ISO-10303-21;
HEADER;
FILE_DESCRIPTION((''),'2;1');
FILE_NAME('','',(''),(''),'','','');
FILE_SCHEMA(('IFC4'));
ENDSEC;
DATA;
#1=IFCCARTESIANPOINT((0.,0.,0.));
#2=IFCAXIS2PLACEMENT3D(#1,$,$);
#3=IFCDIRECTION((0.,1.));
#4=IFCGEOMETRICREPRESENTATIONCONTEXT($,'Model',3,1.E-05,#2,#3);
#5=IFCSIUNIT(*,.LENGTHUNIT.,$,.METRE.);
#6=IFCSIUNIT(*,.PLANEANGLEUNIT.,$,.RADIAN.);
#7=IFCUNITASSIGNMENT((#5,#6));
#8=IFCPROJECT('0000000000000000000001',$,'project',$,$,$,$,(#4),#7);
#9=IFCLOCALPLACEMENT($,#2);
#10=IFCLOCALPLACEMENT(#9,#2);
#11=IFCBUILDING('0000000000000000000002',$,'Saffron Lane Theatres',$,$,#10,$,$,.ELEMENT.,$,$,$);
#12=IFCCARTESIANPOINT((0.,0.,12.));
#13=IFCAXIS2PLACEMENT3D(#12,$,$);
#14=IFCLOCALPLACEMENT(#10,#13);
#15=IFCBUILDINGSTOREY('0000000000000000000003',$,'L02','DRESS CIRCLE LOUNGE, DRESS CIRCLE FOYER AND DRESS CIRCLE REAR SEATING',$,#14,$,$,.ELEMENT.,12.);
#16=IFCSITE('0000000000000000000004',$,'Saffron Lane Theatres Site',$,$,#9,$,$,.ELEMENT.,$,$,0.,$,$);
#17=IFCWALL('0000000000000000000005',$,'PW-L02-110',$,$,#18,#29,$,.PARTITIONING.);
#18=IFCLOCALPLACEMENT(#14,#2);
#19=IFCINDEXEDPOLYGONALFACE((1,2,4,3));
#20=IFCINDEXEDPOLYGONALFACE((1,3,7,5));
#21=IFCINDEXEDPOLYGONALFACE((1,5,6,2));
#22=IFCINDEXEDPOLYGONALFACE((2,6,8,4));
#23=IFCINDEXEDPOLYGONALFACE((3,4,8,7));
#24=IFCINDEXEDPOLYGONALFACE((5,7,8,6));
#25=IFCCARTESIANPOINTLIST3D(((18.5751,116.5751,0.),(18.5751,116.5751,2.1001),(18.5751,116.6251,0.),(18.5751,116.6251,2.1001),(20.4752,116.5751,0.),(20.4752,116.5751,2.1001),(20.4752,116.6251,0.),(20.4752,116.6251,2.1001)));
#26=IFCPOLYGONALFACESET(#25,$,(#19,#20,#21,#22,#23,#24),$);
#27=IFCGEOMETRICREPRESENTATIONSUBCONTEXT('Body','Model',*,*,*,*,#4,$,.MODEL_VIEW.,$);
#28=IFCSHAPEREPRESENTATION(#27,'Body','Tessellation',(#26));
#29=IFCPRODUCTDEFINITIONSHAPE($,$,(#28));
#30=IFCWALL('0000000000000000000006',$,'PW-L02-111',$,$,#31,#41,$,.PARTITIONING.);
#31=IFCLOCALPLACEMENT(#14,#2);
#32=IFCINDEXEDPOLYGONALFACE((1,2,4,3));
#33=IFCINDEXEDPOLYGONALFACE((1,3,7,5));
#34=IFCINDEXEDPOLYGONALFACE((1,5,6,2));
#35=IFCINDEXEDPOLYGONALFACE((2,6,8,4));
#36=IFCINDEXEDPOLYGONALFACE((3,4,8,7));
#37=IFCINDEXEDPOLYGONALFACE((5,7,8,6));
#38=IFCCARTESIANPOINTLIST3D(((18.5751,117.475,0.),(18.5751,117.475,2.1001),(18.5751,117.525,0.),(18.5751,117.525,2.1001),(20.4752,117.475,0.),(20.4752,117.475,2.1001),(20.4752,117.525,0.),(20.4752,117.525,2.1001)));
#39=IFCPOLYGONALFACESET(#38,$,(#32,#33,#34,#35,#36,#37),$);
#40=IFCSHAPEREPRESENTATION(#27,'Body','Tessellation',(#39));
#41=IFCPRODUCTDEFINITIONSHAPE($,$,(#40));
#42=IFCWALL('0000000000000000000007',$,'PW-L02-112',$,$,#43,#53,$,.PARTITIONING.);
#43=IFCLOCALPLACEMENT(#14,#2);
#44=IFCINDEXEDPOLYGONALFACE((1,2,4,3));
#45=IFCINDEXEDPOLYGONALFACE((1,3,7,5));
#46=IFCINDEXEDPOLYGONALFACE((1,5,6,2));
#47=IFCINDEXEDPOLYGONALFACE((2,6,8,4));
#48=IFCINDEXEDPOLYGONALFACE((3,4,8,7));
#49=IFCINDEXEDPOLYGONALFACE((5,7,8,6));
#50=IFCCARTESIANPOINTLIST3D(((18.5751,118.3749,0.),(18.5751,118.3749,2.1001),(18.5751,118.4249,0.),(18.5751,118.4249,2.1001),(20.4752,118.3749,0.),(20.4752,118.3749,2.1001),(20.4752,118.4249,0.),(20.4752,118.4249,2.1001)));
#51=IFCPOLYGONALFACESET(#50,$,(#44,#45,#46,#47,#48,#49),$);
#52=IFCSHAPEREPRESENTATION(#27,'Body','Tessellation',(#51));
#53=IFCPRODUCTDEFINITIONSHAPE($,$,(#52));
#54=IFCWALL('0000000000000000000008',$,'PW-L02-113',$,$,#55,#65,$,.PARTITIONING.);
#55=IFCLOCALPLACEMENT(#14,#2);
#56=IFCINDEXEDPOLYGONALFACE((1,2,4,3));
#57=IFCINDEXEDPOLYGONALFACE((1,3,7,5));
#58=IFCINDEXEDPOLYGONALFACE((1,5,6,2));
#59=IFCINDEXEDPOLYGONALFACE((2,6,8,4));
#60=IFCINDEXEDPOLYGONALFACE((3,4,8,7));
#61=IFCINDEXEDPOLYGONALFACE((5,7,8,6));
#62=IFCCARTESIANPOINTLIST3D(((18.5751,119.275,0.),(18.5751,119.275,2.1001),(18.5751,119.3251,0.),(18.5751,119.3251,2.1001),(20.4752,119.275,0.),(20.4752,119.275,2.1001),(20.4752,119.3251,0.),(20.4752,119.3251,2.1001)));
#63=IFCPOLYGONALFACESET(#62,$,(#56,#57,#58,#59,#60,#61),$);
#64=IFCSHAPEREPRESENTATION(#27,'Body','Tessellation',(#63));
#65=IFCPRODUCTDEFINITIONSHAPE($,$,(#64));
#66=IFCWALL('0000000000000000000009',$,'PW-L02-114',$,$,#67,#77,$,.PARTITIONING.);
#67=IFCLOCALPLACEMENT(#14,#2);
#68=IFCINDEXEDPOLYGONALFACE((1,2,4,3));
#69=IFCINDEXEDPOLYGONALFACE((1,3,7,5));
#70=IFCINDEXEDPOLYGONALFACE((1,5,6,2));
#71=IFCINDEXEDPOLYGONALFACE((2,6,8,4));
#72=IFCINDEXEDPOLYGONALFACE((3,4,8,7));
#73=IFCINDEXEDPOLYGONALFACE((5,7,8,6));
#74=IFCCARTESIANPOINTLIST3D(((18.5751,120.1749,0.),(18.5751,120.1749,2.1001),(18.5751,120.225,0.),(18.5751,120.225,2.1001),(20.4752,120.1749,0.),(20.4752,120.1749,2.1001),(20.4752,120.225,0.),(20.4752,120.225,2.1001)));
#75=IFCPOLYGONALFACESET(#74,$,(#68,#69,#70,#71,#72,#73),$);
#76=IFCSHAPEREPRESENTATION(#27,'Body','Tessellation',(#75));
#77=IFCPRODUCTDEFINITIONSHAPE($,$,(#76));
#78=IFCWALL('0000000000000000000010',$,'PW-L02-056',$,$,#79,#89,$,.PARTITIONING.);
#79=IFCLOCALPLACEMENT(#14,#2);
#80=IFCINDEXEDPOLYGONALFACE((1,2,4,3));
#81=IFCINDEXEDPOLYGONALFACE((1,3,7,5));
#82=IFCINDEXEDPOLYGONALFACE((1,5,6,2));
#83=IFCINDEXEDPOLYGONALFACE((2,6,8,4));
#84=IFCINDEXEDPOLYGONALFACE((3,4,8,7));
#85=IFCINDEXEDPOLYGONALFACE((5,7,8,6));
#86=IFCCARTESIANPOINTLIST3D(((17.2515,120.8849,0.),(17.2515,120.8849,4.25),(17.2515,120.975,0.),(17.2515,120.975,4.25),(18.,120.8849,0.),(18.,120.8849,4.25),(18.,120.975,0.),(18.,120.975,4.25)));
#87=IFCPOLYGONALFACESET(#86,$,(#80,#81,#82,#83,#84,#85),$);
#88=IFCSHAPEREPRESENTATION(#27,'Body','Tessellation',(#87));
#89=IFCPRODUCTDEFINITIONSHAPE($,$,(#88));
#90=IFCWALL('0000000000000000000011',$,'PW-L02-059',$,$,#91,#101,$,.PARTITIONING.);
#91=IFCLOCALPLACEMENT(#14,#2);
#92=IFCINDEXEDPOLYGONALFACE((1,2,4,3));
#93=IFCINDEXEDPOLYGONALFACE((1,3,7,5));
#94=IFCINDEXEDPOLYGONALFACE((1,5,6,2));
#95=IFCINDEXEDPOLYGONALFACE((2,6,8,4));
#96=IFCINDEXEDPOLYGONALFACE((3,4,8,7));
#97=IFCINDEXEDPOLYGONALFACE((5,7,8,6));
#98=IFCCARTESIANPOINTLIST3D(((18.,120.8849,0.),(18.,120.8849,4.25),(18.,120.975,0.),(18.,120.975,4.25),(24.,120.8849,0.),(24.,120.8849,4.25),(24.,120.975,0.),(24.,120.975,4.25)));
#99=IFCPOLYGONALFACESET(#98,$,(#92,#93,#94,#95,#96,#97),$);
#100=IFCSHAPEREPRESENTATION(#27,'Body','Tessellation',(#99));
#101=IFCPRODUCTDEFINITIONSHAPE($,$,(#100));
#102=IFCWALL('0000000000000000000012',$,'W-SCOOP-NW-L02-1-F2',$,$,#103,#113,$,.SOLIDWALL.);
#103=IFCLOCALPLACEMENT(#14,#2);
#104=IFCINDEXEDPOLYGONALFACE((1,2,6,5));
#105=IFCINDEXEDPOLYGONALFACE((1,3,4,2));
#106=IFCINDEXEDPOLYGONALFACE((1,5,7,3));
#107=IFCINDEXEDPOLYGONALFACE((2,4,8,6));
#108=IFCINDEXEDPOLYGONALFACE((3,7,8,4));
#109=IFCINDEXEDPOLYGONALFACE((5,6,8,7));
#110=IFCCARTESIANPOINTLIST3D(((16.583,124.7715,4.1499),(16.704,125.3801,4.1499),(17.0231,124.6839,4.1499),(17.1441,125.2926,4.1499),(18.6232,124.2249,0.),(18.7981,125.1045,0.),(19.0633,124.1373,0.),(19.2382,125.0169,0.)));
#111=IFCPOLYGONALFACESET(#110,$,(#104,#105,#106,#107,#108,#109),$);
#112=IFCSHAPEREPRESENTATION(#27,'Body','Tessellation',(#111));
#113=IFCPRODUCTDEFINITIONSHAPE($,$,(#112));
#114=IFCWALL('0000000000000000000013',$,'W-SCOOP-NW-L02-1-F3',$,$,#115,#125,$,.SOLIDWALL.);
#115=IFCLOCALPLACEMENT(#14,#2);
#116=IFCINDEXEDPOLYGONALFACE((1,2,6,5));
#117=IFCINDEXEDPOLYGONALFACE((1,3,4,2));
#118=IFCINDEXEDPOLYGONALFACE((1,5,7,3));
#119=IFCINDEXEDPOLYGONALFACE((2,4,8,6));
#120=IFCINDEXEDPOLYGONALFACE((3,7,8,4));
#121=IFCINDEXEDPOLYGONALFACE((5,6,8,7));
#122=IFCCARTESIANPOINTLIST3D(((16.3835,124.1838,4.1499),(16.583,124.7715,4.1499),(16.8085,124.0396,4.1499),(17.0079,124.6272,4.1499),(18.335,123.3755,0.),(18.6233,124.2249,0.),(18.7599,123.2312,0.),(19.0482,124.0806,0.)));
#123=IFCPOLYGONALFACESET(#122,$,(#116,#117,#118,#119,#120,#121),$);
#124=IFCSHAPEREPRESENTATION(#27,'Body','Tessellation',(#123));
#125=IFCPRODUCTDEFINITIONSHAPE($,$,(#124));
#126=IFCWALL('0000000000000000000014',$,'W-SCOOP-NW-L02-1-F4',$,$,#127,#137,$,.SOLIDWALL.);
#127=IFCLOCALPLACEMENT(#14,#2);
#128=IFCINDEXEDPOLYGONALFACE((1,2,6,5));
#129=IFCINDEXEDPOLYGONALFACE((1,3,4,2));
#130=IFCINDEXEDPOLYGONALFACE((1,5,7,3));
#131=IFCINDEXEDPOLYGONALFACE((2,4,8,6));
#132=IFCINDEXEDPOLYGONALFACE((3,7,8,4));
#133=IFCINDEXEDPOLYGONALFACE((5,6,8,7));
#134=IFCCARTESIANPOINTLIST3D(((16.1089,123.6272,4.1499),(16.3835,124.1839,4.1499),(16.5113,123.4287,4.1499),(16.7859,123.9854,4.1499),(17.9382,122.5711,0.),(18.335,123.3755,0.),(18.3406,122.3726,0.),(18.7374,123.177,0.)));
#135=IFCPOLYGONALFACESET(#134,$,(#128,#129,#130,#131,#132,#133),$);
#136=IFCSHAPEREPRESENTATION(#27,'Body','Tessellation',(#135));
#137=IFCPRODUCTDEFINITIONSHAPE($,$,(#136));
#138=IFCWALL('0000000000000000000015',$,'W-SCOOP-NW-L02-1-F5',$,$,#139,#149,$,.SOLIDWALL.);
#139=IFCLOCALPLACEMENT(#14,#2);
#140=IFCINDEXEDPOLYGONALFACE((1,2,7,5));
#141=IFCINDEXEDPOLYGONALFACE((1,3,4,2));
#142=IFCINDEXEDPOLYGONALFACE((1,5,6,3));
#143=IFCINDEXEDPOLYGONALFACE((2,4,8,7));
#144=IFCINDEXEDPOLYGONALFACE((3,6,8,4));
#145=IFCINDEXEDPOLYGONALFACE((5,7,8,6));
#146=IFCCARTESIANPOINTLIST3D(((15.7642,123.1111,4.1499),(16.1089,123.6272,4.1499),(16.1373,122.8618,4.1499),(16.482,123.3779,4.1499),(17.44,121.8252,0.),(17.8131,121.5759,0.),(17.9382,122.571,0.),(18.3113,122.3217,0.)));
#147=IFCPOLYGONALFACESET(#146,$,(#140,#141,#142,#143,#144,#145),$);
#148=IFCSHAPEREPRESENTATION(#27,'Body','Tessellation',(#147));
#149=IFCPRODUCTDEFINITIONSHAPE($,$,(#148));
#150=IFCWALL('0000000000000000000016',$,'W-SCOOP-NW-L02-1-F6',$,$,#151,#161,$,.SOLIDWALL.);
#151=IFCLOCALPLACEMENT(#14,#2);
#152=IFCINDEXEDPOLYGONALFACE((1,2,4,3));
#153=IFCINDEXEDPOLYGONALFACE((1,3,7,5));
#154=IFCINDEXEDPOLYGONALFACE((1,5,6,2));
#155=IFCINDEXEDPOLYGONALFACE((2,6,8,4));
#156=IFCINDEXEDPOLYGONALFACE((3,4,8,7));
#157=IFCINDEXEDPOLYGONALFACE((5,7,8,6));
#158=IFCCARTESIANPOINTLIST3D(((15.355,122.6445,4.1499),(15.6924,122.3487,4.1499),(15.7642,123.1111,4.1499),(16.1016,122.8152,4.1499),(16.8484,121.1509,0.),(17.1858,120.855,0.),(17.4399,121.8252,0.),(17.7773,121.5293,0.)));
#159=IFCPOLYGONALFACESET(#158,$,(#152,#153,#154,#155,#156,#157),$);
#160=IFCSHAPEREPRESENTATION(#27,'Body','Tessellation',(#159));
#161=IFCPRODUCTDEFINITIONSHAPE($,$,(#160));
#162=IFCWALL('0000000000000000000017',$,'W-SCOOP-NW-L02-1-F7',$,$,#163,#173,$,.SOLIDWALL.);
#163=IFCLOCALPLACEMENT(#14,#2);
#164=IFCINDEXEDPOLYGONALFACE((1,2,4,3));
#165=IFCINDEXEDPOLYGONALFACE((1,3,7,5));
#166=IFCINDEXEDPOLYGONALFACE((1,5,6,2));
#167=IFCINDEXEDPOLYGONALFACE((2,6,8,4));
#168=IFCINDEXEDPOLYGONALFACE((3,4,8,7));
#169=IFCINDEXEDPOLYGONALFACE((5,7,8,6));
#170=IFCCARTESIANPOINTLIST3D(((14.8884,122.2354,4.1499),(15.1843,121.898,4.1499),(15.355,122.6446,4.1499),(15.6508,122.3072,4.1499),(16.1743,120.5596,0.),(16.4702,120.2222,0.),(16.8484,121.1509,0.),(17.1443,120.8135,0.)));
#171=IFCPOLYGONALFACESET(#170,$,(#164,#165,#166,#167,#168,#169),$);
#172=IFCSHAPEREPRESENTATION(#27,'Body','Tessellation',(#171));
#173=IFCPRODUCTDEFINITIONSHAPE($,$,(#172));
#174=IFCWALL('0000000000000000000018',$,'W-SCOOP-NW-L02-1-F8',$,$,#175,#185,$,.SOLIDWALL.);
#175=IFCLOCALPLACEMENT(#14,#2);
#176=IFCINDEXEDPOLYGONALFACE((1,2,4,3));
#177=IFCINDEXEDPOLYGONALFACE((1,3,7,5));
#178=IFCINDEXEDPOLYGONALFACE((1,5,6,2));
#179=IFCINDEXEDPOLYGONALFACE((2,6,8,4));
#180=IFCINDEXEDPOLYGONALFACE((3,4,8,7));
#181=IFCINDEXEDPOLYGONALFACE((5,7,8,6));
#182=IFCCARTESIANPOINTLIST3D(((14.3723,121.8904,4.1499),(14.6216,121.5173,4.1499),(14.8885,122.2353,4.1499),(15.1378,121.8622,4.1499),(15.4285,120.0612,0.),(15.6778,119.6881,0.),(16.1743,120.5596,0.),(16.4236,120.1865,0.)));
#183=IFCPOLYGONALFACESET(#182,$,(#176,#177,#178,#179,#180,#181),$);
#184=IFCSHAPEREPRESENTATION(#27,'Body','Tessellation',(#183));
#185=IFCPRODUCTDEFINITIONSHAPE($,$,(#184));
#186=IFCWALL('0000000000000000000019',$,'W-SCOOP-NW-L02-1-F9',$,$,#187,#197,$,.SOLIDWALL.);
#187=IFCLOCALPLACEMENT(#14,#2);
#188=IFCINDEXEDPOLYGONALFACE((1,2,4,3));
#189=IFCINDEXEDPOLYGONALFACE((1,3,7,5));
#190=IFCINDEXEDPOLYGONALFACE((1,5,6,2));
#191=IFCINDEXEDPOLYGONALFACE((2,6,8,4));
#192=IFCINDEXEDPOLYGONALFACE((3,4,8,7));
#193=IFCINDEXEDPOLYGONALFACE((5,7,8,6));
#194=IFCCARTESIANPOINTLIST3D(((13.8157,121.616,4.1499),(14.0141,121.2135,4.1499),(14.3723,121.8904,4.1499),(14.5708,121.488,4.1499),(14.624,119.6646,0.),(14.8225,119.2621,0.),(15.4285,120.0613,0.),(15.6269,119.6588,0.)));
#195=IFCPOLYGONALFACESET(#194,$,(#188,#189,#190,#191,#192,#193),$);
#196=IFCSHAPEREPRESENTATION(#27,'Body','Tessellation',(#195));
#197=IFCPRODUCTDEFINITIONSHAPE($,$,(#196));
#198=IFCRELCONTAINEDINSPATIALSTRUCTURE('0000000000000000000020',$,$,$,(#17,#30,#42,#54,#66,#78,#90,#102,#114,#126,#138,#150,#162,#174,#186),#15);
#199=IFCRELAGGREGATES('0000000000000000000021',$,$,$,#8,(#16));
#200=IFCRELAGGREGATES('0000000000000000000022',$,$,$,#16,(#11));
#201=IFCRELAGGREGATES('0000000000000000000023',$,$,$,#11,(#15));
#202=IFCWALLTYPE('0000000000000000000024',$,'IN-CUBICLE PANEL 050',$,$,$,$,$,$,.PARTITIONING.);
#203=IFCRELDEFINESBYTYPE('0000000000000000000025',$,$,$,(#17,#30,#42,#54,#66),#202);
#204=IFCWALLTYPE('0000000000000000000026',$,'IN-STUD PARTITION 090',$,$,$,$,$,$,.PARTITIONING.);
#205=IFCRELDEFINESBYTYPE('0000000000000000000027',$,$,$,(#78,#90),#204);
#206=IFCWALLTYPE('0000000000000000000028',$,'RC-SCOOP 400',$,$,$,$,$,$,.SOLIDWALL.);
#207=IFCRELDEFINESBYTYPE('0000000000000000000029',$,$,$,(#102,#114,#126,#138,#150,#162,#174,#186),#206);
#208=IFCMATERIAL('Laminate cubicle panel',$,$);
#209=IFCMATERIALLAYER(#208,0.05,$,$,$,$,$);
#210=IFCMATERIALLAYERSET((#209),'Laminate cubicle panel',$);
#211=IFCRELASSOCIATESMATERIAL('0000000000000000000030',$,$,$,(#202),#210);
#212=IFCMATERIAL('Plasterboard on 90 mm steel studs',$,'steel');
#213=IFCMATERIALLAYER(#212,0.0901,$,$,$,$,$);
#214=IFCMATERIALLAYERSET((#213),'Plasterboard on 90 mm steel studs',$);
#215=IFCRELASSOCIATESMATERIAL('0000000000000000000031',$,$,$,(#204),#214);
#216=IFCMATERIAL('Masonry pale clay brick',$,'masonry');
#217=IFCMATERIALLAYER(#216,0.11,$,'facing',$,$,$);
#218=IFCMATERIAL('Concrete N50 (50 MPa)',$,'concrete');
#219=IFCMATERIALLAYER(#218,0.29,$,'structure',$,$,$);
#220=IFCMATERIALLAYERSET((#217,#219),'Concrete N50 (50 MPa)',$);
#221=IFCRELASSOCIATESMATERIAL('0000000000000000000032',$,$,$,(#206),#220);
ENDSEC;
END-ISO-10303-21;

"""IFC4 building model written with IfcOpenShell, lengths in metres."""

from ifc_helpers import new_model, si_unit, direction, frame, frame_2d, origin, place, context, subcontext, project, spatial, polyline, rectangle, outline, extrude, material, layer, layer_set, type_object, element, save


model = new_model("IFC4")

# Units and contexts
model_context = context("Model", 3, precision=1e-05, world=origin(), true_north=direction((0.0, 1.0)))
body_context = subcontext(model_context, "Body", "Model", "MODEL_VIEW")
ifc_project = project(units=[si_unit("LENGTHUNIT", "METRE"), si_unit("PLANEANGLEUNIT", "RADIAN")], contexts=[model_context])

# Site, building, storey
site_placement = place(None, origin())
site = spatial("IfcSite", under=ifc_project, at=site_placement, Name="Saffron Lane Theatres Site", CompositionType="ELEMENT", RefElevation=0.0)
building_placement = place(site_placement, origin())
building = spatial("IfcBuilding", under=site, at=building_placement, Name="Saffron Lane Theatres", CompositionType="ELEMENT")
storey_placement = place(building_placement, frame((0.0, 0.0, 12.0)))
storey = spatial("IfcBuildingStorey", under=building, at=storey_placement, Name="L02", Description="DRESS CIRCLE LOUNGE, DRESS CIRCLE FOYER AND DRESS CIRCLE REAR SEATING", CompositionType="ELEMENT", Elevation=12.0)

# Shared definitions
ifc_material_1 = material(Name="Masonry pale clay brick", Category="masonry")

# Walls
ifc_material_2 = material(Name="Laminate cubicle panel")
ifc_layer_1 = layer(ifc_material_2, 0.05)
ifc_layer_set_1 = layer_set([ifc_layer_1], Name="Laminate cubicle panel")
wall_type_1 = type_object("IfcWallType", Name="IN-CUBICLE PANEL 050", PredefinedType="PARTITIONING", material=ifc_layer_set_1)
for number, where, z_axis, x_axis, name in (
    (1, (18.575, 116.6001, 0.0), (0.0, 0.0, 1.0), (1.0, 0.0, 0.0), "PW-L02-110"),
    (2, (18.575, 117.5, 0.0), (0.0, 0.0, 1.0), (1.0, 0.0, 0.0), "PW-L02-111"),
    (3, (18.575, 118.3999, 0.0), (0.0, 0.0, 1.0), (1.0, 0.0, 0.0), "PW-L02-112"),
    (4, (18.575, 119.3, 0.0), (0.0, 0.0, 1.0), (1.0, 0.0, 0.0), "PW-L02-113"),
    (5, (18.575, 120.2, 0.0), (0.0, 0.0, 1.0), (1.0, 0.0, 0.0), "PW-L02-114"),
):
    element("IfcWall", number, at=place(storey_placement, frame(where, z_axis=z_axis, x_axis=x_axis)), inside=storey, type_object=wall_type_1, Name=name, PredefinedType="PARTITIONING", context=body_context, shape_type="SweptSolid", body=[
        extrude(rectangle(XDim=1.9001, YDim=0.05, at=frame_2d((0.9502, 0.0))), origin(), (0.0, 0.0, 1.0), 2.1001),
    ])
ifc_material_3 = material(Name="Plasterboard on 90 mm steel studs", Category="steel")
ifc_layer_2 = layer(ifc_material_3, 0.0901)
ifc_layer_set_2 = layer_set([ifc_layer_2], Name="Plasterboard on 90 mm steel studs")
wall_type_2 = type_object("IfcWallType", Name="IN-STUD PARTITION 090", PredefinedType="PARTITIONING", material=ifc_layer_set_2)
wall_1_placement = place(storey_placement, frame((17.2515, 120.9299, 0.0), z_axis=(0.0, 0.0, 1.0), x_axis=(1.0, 0.0, 0.0)))
element("IfcWall", 6, at=wall_1_placement, inside=storey, type_object=wall_type_2, Name="PW-L02-056", PredefinedType="PARTITIONING", context=body_context, shape_type="SweptSolid", body=[
    extrude(rectangle(XDim=0.7485, YDim=0.0901, at=frame_2d((0.3743, 0.0))), origin(), (0.0, 0.0, 1.0), 4.25),
])
wall_2_placement = place(storey_placement, frame((18.0, 120.9299, 0.0), z_axis=(0.0, 0.0, 1.0), x_axis=(1.0, 0.0, 0.0)))
element("IfcWall", 7, at=wall_2_placement, inside=storey, type_object=wall_type_2, Name="PW-L02-059", PredefinedType="PARTITIONING", context=body_context, shape_type="SweptSolid", body=[
    extrude(rectangle(XDim=6.0, YDim=0.0901, at=frame_2d((3.0, 0.0))), origin(), (0.0, 0.0, 1.0), 4.25),
])
ifc_layer_3 = layer(ifc_material_1, 0.11, Name="facing")
ifc_material_4 = material(Name="Concrete N50 (50 MPa)", Category="concrete")
ifc_layer_4 = layer(ifc_material_4, 0.29, Name="structure")
ifc_layer_set_3 = layer_set([ifc_layer_3, ifc_layer_4], Name="Concrete N50 (50 MPa)")
wall_type_3 = type_object("IfcWallType", Name="RC-SCOOP 400", PredefinedType="SOLIDWALL", material=ifc_layer_set_3)
wall_3_placement = place(storey_placement, frame((18.7981, 125.1045, 0.0), z_axis=(0.874485, -0.173864, 0.452821), x_axis=(-0.194984, -0.980806, -0.000037)))
element("IfcWall", 8, at=wall_3_placement, inside=storey, type_object=wall_type_3, Name="W-SCOOP-NW-L02-1-F2", PredefinedType="SOLIDWALL", context=body_context, shape_type="SweptSolid", body=[
    extrude(outline(polyline([(0.0, 0.0), (0.8968, 0.0), (0.7584, -4.6545), (0.1378, -4.6544), (0.0, 0.0)])), origin(), (0.000109, 0.452821, 0.891601), 0.4487),
])
wall_4_placement = place(storey_placement, frame((18.6233, 124.2249, 0.0), z_axis=(0.844279, -0.28659, 0.452834), x_axis=(-0.321438, -0.946931, 0.000006)))
element("IfcWall", 9, at=wall_4_placement, inside=storey, type_object=wall_type_3, Name="W-SCOOP-NW-L02-1-F3", PredefinedType="SOLIDWALL", context=body_context, shape_type="SweptSolid", body=[
    extrude(outline(polyline([(0.0, 0.0), (0.897, 0.0), (0.7588, -4.6545), (0.1382, -4.6545), (0.0, 0.0)])), origin(), (0.000001, 0.452834, 0.891595), 0.4487),
])
wall_5_placement = place(storey_placement, frame((18.335, 123.3755, 0.0), z_axis=(0.799602, -0.394423, 0.452843), x_axis=(-0.442366, -0.896835, -0.000033)))
element("IfcWall", 10, at=wall_5_placement, inside=storey, type_object=wall_type_3, Name="W-SCOOP-NW-L02-1-F4", PredefinedType="SOLIDWALL", context=body_context, shape_type="SweptSolid", body=[
    extrude(outline(polyline([(0.0, 0.0), (0.897, 0.0), (0.7589, -4.6545), (0.1381, -4.6545), (0.0, 0.0)])), origin(), (-0.000086, 0.452843, 0.89159), 0.4487),
])
wall_6_placement = place(storey_placement, frame((17.9382, 122.571, 0.0), z_axis=(0.741382, -0.495259, 0.452848), x_axis=(-0.555487, -0.831525, 0.000018)))
element("IfcWall", 11, at=wall_6_placement, inside=storey, type_object=wall_type_3, Name="W-SCOOP-NW-L02-1-F5", PredefinedType="SOLIDWALL", context=body_context, shape_type="SweptSolid", body=[
    extrude(outline(polyline([(0.0, 0.0), (0.897, 0.0), (0.7587, -4.6545), (0.138, -4.6545), (0.0, 0.0)])), origin(), (0.0001, 0.452848, 0.891587), 0.4487),
])
wall_7_placement = place(storey_placement, frame((17.4399, 121.8252, 0.0), z_axis=(0.670273, -0.587942, 0.452834), x_axis=(-0.659435, -0.751762, 0.000022)))
element("IfcWall", 12, at=wall_7_placement, inside=storey, type_object=wall_type_3, Name="W-SCOOP-NW-L02-1-F6", PredefinedType="SOLIDWALL", context=body_context, shape_type="SweptSolid", body=[
    extrude(outline(polyline([(0.0, 0.0), (0.897, 0.0), (0.759, -4.6545), (0.1385, -4.6545), (0.0, 0.0)])), origin(), (-0.000119, 0.452834, 0.891595), 0.4487),
])
wall_8_placement = place(storey_placement, frame((16.8484, 121.1509, 0.0), z_axis=(0.587931, -0.670281, 0.452836), x_axis=(-0.751773, -0.659422, -0.000018)))
element("IfcWall", 13, at=wall_8_placement, inside=storey, type_object=wall_type_3, Name="W-SCOOP-NW-L02-1-F7", PredefinedType="SOLIDWALL", context=body_context, shape_type="SweptSolid", body=[
    extrude(outline(polyline([(0.0, 0.0), (0.8967, 0.0), (0.7582, -4.6545), (0.1377, -4.6545), (0.0, 0.0)])), origin(), (0.000102, 0.452836, 0.891594), 0.4487),
])
wall_9_placement = place(storey_placement, frame((16.1743, 120.5596, 0.0), z_axis=(0.495363, -0.741323, 0.452831), x_axis=(-0.831466, -0.555576, 0.000036)))
element("IfcWall", 14, at=wall_9_placement, inside=storey, type_object=wall_type_3, Name="W-SCOOP-NW-L02-1-F8", PredefinedType="SOLIDWALL", context=body_context, shape_type="SweptSolid", body=[
    extrude(outline(polyline([(0.0, 0.0), (0.897, 0.0), (0.7591, -4.6544), (0.1383, -4.6545), (0.0, 0.0)])), origin(), (0.000007, 0.452831, 0.891596), 0.4487),
])
wall_10_placement = place(storey_placement, frame((15.4285, 120.0613, 0.0), z_axis=(0.394312, -0.799668, 0.452824), x_axis=(-0.896885, -0.442263, -0.000025)))
element("IfcWall", 15, at=wall_10_placement, inside=storey, type_object=wall_type_3, Name="W-SCOOP-NW-L02-1-F9", PredefinedType="SOLIDWALL", context=body_context, shape_type="SweptSolid", body=[
    extrude(outline(polyline([(0.0, 0.0), (0.897, 0.0), (0.7588, -4.6545), (0.1382, -4.6544), (0.0, 0.0)])), origin(), (-0.000029, 0.452824, 0.8916), 0.4487),
])

save(model, "model.ifc")
